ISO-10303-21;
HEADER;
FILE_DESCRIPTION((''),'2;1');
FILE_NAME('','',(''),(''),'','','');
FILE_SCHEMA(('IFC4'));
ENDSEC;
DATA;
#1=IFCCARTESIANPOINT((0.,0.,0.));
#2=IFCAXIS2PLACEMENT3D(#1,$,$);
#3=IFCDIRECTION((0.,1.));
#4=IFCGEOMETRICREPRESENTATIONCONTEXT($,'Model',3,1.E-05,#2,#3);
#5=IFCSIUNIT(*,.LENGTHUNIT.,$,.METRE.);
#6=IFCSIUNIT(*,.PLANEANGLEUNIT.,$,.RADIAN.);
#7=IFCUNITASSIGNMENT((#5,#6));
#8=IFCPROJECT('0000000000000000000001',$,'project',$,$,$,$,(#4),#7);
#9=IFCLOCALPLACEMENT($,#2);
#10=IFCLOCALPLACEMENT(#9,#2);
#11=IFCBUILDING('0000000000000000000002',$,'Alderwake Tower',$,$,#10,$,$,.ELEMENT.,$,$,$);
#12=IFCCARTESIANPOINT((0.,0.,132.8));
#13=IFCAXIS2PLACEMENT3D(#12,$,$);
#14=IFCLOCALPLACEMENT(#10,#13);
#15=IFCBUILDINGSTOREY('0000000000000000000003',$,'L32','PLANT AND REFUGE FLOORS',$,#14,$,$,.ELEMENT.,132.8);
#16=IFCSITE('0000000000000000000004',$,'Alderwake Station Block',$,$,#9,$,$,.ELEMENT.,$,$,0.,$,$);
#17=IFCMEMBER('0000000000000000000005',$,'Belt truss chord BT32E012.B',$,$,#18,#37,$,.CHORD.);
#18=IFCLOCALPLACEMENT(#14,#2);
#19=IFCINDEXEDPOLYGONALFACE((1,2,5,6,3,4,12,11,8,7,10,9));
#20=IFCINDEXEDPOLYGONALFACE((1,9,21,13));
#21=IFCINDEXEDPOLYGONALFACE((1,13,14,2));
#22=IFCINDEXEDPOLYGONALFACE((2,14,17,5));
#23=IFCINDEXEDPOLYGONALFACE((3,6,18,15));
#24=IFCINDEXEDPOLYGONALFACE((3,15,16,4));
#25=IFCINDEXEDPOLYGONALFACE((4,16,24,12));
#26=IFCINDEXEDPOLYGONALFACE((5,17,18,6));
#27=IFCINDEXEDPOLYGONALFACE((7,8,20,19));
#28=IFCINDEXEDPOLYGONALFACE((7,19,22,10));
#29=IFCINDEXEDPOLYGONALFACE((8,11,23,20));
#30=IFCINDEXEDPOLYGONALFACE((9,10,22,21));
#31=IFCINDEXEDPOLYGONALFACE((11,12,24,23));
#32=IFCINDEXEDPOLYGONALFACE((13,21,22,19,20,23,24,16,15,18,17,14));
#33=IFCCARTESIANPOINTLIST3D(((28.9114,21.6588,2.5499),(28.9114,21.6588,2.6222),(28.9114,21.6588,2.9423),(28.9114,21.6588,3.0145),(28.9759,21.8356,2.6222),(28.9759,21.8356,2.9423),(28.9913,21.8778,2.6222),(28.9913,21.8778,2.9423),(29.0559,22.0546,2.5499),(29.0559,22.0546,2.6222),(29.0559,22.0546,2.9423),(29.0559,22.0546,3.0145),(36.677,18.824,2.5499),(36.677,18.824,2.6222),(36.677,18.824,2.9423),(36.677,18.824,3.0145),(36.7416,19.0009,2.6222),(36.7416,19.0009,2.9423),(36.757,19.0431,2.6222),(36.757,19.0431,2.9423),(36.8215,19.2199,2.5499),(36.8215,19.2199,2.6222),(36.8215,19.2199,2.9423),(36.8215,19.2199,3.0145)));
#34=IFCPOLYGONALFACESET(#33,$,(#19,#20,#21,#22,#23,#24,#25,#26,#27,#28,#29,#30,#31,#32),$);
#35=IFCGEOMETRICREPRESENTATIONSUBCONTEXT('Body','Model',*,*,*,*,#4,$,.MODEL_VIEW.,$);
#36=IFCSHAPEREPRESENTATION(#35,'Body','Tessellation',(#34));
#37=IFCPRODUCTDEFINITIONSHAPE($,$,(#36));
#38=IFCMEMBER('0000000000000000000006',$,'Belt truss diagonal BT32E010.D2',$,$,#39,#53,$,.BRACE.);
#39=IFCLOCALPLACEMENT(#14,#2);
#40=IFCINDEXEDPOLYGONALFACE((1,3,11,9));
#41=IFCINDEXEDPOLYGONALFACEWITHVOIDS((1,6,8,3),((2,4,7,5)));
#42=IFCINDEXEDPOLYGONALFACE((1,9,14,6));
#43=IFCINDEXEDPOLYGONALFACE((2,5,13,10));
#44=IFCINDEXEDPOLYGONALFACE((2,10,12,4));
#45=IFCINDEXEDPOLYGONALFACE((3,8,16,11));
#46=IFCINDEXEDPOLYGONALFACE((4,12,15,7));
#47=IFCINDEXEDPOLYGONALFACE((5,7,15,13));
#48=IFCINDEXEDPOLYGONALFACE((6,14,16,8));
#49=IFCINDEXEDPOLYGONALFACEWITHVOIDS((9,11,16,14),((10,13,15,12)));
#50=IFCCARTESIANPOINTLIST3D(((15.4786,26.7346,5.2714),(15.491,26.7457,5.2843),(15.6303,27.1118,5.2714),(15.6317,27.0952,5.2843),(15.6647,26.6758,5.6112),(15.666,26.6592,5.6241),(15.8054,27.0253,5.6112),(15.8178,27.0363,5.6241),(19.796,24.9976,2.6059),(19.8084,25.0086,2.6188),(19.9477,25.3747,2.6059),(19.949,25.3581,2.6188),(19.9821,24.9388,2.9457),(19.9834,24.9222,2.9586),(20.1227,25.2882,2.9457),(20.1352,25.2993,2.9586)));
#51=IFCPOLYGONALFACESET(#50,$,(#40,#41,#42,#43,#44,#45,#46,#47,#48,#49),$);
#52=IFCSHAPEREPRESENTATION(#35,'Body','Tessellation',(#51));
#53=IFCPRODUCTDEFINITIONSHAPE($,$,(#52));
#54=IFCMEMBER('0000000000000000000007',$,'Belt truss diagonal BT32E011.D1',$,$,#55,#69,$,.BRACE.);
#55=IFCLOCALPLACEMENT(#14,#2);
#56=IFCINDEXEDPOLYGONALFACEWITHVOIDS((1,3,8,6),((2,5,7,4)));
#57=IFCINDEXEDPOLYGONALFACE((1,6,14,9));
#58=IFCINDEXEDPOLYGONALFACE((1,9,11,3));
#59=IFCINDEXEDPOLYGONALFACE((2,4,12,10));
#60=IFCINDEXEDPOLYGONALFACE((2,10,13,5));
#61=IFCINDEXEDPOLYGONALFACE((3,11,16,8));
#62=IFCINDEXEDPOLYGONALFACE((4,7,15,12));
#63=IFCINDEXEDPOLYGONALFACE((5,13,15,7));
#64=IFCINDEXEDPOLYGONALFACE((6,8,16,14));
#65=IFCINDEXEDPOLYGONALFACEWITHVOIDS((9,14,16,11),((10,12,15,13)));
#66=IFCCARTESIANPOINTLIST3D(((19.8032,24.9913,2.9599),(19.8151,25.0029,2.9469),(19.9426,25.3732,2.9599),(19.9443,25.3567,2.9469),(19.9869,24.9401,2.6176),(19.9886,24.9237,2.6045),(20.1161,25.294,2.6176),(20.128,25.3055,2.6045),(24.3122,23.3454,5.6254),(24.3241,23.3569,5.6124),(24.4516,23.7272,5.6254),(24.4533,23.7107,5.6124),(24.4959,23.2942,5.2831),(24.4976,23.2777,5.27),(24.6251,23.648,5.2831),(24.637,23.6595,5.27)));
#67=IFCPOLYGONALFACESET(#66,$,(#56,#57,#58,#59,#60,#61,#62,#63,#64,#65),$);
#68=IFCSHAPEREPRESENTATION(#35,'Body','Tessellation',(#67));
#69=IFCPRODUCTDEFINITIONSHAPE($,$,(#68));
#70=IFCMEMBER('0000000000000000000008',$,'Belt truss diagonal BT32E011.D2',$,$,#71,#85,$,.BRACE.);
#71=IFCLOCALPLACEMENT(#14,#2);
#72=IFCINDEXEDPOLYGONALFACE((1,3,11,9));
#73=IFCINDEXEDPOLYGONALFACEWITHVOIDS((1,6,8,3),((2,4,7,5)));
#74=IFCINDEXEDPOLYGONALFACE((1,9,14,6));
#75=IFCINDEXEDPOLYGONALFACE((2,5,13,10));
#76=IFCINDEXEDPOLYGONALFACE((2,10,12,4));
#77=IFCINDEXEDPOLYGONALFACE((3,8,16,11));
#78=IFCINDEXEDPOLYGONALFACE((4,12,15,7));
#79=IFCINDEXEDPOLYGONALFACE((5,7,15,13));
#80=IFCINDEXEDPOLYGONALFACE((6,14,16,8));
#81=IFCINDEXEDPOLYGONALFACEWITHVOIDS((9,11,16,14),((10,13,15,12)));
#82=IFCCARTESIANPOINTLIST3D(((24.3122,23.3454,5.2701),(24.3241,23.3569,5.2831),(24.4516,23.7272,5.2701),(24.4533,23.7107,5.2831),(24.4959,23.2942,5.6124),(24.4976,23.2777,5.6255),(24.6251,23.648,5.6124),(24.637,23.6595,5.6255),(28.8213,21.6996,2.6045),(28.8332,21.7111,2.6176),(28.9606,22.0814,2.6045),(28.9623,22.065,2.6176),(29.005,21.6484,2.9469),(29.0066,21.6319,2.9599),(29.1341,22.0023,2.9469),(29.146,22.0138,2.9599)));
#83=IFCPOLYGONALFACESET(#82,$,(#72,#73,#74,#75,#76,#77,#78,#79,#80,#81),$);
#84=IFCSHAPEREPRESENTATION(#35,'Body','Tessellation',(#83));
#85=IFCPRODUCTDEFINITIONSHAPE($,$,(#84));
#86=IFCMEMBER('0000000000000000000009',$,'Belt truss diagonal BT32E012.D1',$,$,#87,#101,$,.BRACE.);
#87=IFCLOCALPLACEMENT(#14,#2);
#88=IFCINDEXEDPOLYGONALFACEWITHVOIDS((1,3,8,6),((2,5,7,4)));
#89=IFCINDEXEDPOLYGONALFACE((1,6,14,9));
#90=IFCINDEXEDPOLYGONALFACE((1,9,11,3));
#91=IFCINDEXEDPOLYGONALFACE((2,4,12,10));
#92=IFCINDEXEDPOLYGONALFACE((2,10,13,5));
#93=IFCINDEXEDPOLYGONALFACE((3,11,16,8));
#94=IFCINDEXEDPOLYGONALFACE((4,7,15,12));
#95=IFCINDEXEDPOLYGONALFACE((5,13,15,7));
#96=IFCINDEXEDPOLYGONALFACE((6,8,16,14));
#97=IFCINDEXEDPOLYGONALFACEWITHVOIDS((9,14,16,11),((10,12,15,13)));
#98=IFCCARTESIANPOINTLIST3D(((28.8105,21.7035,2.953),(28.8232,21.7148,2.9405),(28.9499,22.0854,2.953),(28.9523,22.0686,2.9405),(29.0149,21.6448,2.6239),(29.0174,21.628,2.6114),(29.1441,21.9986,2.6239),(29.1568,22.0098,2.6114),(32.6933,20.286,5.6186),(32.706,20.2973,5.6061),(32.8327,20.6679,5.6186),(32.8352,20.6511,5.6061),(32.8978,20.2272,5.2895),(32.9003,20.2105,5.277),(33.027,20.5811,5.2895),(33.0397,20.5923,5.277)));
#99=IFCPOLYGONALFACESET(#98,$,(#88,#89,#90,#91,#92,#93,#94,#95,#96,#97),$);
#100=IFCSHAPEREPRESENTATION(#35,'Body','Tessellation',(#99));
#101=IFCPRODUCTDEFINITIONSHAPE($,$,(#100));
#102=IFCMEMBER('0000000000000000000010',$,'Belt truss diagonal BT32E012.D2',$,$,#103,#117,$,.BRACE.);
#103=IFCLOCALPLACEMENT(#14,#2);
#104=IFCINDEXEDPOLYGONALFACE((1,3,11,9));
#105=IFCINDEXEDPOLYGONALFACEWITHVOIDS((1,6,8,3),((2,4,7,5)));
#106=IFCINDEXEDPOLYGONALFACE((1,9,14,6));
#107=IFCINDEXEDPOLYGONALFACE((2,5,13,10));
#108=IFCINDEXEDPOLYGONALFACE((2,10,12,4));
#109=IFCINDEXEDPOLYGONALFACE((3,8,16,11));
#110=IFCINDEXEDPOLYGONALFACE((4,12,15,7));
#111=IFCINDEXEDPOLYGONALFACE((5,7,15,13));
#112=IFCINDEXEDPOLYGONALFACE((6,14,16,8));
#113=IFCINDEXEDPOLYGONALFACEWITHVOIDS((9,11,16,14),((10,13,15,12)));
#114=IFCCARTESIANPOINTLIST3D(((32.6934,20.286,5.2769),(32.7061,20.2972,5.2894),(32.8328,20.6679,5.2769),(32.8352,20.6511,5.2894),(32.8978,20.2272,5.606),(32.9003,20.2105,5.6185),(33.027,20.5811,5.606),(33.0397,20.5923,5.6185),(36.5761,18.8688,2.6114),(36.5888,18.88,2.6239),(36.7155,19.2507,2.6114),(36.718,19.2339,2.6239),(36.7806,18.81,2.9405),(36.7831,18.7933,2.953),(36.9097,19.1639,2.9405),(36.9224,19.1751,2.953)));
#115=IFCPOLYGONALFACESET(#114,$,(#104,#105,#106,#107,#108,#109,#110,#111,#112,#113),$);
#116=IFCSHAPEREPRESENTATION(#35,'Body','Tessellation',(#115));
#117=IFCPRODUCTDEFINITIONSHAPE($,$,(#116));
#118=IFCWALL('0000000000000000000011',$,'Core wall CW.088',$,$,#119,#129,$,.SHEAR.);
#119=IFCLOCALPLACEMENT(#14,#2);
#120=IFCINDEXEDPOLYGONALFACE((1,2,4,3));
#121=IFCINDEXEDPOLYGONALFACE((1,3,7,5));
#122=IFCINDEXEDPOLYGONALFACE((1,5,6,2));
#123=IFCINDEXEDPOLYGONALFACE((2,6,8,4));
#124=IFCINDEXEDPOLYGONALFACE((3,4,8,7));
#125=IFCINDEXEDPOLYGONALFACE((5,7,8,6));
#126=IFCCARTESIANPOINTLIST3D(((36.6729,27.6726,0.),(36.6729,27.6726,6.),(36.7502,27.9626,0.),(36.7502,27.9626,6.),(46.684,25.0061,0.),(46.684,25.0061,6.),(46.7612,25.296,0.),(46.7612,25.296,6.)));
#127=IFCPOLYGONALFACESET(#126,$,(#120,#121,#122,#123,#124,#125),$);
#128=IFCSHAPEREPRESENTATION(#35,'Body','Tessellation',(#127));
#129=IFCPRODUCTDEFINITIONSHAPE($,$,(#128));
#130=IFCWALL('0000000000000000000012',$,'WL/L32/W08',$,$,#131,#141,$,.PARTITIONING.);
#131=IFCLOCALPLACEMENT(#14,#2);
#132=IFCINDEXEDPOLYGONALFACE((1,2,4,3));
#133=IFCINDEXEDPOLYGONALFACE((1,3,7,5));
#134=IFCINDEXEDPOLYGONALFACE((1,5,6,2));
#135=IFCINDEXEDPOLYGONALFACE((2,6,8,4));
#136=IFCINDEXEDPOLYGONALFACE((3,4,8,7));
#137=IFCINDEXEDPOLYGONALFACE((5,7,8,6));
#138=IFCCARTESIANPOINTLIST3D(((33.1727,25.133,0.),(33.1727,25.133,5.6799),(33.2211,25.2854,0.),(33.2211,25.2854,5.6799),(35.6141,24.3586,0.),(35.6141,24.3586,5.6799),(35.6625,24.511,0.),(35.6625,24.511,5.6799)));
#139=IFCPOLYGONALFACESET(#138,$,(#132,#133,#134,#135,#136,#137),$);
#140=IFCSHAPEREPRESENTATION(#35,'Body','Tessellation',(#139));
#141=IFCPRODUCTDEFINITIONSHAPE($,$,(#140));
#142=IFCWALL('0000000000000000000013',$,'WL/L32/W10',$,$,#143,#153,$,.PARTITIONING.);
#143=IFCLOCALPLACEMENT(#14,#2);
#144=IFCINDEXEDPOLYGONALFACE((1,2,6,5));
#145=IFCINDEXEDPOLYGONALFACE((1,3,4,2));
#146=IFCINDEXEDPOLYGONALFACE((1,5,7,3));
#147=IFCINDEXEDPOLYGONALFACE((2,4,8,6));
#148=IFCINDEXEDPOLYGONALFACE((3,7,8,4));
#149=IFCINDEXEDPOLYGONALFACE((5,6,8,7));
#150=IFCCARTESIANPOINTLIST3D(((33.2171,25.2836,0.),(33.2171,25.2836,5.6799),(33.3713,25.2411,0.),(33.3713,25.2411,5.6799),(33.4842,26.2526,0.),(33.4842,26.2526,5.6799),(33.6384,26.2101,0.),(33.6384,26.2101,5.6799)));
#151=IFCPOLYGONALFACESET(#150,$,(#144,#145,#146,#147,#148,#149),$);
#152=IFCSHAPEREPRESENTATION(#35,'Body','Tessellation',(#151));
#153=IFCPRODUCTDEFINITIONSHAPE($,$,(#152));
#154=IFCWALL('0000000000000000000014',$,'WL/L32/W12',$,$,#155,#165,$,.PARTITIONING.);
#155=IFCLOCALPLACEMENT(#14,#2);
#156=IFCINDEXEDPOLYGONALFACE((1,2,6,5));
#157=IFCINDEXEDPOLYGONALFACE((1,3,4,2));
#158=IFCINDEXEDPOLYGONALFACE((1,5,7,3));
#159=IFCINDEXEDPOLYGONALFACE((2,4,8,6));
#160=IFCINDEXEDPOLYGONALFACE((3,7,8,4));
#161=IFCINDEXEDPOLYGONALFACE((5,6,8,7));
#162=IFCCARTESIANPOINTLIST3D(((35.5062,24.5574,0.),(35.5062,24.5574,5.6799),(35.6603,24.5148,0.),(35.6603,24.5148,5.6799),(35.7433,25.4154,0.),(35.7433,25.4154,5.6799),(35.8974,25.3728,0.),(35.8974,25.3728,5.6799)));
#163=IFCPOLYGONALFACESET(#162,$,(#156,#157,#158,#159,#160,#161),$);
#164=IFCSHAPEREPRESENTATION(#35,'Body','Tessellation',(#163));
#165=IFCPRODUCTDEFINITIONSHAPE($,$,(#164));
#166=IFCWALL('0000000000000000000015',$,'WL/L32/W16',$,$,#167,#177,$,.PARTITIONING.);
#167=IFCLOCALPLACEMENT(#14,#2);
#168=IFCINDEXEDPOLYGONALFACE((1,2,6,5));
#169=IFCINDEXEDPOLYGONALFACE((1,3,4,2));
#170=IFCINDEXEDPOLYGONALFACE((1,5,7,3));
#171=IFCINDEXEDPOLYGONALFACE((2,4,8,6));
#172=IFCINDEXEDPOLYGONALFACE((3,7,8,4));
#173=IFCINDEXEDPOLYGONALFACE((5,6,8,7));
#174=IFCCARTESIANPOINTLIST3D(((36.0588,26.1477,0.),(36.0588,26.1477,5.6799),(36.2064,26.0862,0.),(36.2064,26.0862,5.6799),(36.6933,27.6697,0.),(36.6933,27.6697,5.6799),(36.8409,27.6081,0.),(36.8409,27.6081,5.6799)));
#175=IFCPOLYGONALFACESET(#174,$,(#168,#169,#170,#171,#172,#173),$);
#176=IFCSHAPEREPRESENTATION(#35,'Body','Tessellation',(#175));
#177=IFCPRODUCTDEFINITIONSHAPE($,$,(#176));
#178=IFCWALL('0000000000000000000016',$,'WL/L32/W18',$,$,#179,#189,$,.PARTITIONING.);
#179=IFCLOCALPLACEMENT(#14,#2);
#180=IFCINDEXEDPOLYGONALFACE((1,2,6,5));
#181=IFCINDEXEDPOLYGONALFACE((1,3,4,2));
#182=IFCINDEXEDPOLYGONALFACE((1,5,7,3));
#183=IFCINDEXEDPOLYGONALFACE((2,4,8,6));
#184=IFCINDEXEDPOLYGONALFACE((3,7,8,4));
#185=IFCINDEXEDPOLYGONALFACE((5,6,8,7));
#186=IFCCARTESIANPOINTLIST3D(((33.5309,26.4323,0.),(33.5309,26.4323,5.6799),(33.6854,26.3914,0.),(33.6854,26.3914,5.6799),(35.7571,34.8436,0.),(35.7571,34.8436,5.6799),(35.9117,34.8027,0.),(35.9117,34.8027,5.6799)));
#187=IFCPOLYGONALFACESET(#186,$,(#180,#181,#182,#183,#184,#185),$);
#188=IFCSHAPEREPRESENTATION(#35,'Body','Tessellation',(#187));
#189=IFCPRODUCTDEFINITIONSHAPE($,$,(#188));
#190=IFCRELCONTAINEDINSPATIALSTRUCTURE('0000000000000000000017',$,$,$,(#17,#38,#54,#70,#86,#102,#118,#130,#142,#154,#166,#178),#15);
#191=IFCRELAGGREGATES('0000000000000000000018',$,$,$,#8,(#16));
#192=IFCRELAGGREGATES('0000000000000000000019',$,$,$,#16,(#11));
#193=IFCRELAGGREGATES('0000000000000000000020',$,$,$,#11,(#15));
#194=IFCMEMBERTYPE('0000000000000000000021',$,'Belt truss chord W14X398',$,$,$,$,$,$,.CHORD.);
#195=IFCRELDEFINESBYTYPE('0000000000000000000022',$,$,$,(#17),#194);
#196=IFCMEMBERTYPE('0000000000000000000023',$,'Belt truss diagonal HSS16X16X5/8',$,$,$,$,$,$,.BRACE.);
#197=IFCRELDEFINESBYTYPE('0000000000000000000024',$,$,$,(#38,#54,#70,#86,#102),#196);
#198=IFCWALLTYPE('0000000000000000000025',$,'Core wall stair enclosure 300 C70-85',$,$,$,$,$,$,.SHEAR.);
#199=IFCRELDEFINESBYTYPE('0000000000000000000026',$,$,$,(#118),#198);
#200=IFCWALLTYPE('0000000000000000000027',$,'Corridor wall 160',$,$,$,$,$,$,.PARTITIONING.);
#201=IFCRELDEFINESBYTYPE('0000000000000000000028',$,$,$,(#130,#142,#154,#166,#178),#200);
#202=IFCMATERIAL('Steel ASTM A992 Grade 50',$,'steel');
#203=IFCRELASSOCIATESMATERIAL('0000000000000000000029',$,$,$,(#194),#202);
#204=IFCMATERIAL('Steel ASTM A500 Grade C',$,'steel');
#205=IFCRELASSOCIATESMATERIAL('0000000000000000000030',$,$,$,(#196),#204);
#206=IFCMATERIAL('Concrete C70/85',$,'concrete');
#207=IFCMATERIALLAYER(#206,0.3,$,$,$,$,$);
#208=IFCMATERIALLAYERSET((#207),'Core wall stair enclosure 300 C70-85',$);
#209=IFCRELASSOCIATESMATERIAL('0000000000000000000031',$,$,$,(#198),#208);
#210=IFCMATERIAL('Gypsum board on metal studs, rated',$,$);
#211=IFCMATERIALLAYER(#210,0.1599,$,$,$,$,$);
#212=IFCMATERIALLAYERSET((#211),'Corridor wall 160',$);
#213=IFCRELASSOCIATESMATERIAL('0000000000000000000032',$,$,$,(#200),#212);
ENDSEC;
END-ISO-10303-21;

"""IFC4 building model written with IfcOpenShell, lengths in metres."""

from ifc_helpers import new_model, si_unit, direction, frame, frame_2d, origin, origin_2d, place, context, subcontext, project, spatial, rectangle, hollow_rectangle, i_section, extrude, material, layer, layer_set, material_profile, profile_set, type_object, element, save


model = new_model("IFC4")

# Units and contexts
model_context = context("Model", 3, precision=1e-05, world=origin(), true_north=direction((0.0, 1.0)))
body_context = subcontext(model_context, "Body", "Model", "MODEL_VIEW")
ifc_project = project(units=[si_unit("LENGTHUNIT", "METRE"), si_unit("PLANEANGLEUNIT", "RADIAN")], contexts=[model_context])

# Site, building, storey
site_placement = place(None, origin())
site = spatial("IfcSite", under=ifc_project, at=site_placement, Name="Alderwake Station Block", CompositionType="ELEMENT", RefElevation=0.0)
building_placement = place(site_placement, origin())
building = spatial("IfcBuilding", under=site, at=building_placement, Name="Alderwake Tower", CompositionType="ELEMENT")
storey_placement = place(building_placement, frame((0.0, 0.0, 132.8)))
storey = spatial("IfcBuildingStorey", under=building, at=storey_placement, Name="L32", Description="PLANT AND REFUGE FLOORS", CompositionType="ELEMENT", Elevation=132.8)

# Members
ifc_material_1 = material(Name="Steel ASTM A992 Grade 50", Category="steel")
ifc_material_profile_1 = material_profile(ifc_material_1, i_section(OverallWidth=0.4214, OverallDepth=0.4646, WebThickness=0.0449, FlangeThickness=0.0723, at=origin_2d()), Name="W14X398")
ifc_profile_set_1 = profile_set([ifc_material_profile_1], Name="Steel ASTM A992 Grade 50")
member_type_1 = type_object("IfcMemberType", Name="Belt truss chord W14X398", PredefinedType="CHORD", material=ifc_profile_set_1)
for number, where, z_axis, x_axis, name in (
    (1, (28.9836, 21.8567, 2.7822), (0.939371, -0.342902, 0.0), (0.342902, 0.939371, 0.0), "Belt truss chord BT32E012.B"),
):
    element("IfcMember", number, at=place(storey_placement, frame(where, z_axis=z_axis, x_axis=x_axis)), inside=storey, type_object=member_type_1, Name=name, PredefinedType="CHORD", context=body_context, shape_type="SweptSolid", body=[
        extrude(i_section(OverallWidth=0.4214, OverallDepth=0.4646, WebThickness=0.0449, FlangeThickness=0.0723, at=origin_2d()), origin(), (0.0, 0.0, 1.0), 8.2668),
    ])
ifc_material_2 = material(Name="Steel ASTM A500 Grade C", Category="steel")
ifc_material_profile_2 = material_profile(ifc_material_2, hollow_rectangle(XDim=0.4065, YDim=0.4065, WallThickness=0.0149, at=origin_2d()), Name="HSS16X16X5/8")
ifc_profile_set_2 = profile_set([ifc_material_profile_2], Name="Steel ASTM A500 Grade C")
member_type_2 = type_object("IfcMemberType", Name="Belt truss diagonal HSS16X16X5/8", PredefinedType="BRACE", material=ifc_profile_set_2)
member_1_placement = place(storey_placement, frame((19.9656, 25.1484, 2.7822), z_axis=(-0.805025, 0.323895, 0.497018), x_axis=(-0.373262, -0.927726, 0.0)))
element("IfcMember", 2, at=member_1_placement, inside=storey, type_object=member_type_2, Name="Belt truss diagonal BT32E010.D2", PredefinedType="BRACE", context=body_context, shape_type="SweptSolid", body=[
    extrude(hollow_rectangle(XDim=0.4065, YDim=0.4065, WallThickness=0.0149, at=origin_2d()), origin(), (0.0, 0.0, 1.0), 5.363),
])
for number, where, z_axis, x_axis, name in (
    (3, (19.9656, 25.1484, 2.7822), (0.821241, -0.299789, 0.485479), (0.342911, 0.939368, 0.0), "Belt truss diagonal BT32E011.D1"),
    (4, (28.9836, 21.8567, 2.7822), (-0.821252, 0.299749, 0.485485), (-0.342866, -0.939384, 0.0), "Belt truss diagonal BT32E011.D2"),
):
    element("IfcMember", number, at=place(storey_placement, frame(where, z_axis=z_axis, x_axis=x_axis)), inside=storey, type_object=member_type_2, Name=name, PredefinedType="BRACE", context=body_context, shape_type="SweptSolid", body=[
        extrude(hollow_rectangle(XDim=0.4065, YDim=0.4065, WallThickness=0.0149, at=origin_2d()), origin(), (0.0, 0.0, 1.0), 5.4905),
    ])
member_2_placement = place(storey_placement, frame((28.9836, 21.8567, 2.7822), z_axis=(0.789449, -0.2882, 0.541952), x_axis=(0.342928, 0.939362, 0.0)))
element("IfcMember", 5, at=member_2_placement, inside=storey, type_object=member_type_2, Name="Belt truss diagonal BT32E012.D1", PredefinedType="BRACE", context=body_context, shape_type="SweptSolid", body=[
    extrude(hollow_rectangle(XDim=0.4065, YDim=0.4065, WallThickness=0.0149, at=origin_2d()), origin(), (0.0, 0.0, 1.0), 4.9185),
])
member_3_placement = place(storey_placement, frame((36.7493, 19.022, 2.7822), z_axis=(-0.78946, 0.288155, 0.541959), x_axis=(-0.342876, -0.939381, 0.0)))
element("IfcMember", 6, at=member_3_placement, inside=storey, type_object=member_type_2, Name="Belt truss diagonal BT32E012.D2", PredefinedType="BRACE", context=body_context, shape_type="SweptSolid", body=[
    extrude(hollow_rectangle(XDim=0.4065, YDim=0.4065, WallThickness=0.0149, at=origin_2d()), origin(), (0.0, 0.0, 1.0), 4.9182),
])

# Walls
ifc_material_3 = material(Name="Concrete C70/85", Category="concrete")
ifc_layer_1 = layer(ifc_material_3, 0.3)
ifc_layer_set_1 = layer_set([ifc_layer_1], Name="Core wall stair enclosure 300 C70-85")
wall_type_1 = type_object("IfcWallType", Name="Core wall stair enclosure 300 C70-85", PredefinedType="SHEAR", material=ifc_layer_set_1)
wall_1_placement = place(storey_placement, frame((36.7114, 27.8176, 0.0), z_axis=(0.0, 0.0, 1.0), x_axis=(0.966309, -0.257384, 0.0)))
element("IfcWall", 7, at=wall_1_placement, inside=storey, type_object=wall_type_1, Name="Core wall CW.088", PredefinedType="SHEAR", context=body_context, shape_type="SweptSolid", body=[
    extrude(rectangle(XDim=10.3601, YDim=0.3, at=frame_2d((5.1802, 0.0))), origin(), (0.0, 0.0, 1.0), 6.0),
])
ifc_material_4 = material(Name="Gypsum board on metal studs, rated")
ifc_layer_2 = layer(ifc_material_4, 0.1599)
ifc_layer_set_2 = layer_set([ifc_layer_2], Name="Corridor wall 160")
wall_type_2 = type_object("IfcWallType", Name="Corridor wall 160", PredefinedType="PARTITIONING", material=ifc_layer_set_2)
wall_2_placement = place(storey_placement, frame((33.1968, 25.2092, 0.0), z_axis=(0.0, 0.0, 1.0), x_axis=(0.953196, -0.302354, 0.0)))
element("IfcWall", 8, at=wall_2_placement, inside=storey, type_object=wall_type_2, Name="WL/L32/W08", PredefinedType="PARTITIONING", context=body_context, shape_type="SweptSolid", body=[
    extrude(rectangle(XDim=2.5613, YDim=0.1599, at=frame_2d((1.2808, 0.0))), origin(), (0.0, 0.0, 1.0), 5.6799),
])
wall_3_placement = place(storey_placement, frame((33.5613, 26.2312, 0.0), z_axis=(0.0, 0.0, 1.0), x_axis=(-0.265727, -0.964048, 0.0)))
element("IfcWall", 9, at=wall_3_placement, inside=storey, type_object=wall_type_2, Name="WL/L32/W10", PredefinedType="PARTITIONING", context=body_context, shape_type="SweptSolid", body=[
    extrude(rectangle(XDim=1.0051, YDim=0.1599, at=frame_2d((0.5024, 0.0))), origin(), (0.0, 0.0, 1.0), 5.6799),
])
wall_4_placement = place(storey_placement, frame((35.5833, 24.5361, 0.0), z_axis=(0.0, 0.0, 1.0), x_axis=(0.266342, 0.963879, 0.0)))
element("IfcWall", 10, at=wall_4_placement, inside=storey, type_object=wall_type_2, Name="WL/L32/W12", PredefinedType="PARTITIONING", context=body_context, shape_type="SweptSolid", body=[
    extrude(rectangle(XDim=0.8901, YDim=0.1599, at=frame_2d((0.4451, 0.0))), origin(), (0.0, 0.0, 1.0), 5.6799),
])
wall_5_placement = place(storey_placement, frame((36.1326, 26.1169, 0.0), z_axis=(0.0, 0.0, 1.0), x_axis=(0.384805, 0.922998, 0.0)))
element("IfcWall", 11, at=wall_5_placement, inside=storey, type_object=wall_type_2, Name="WL/L32/W16", PredefinedType="PARTITIONING", context=body_context, shape_type="SweptSolid", body=[
    extrude(rectangle(XDim=1.6489, YDim=0.1599, at=frame_2d((0.8245, 0.0))), origin(), (0.0, 0.0, 1.0), 5.6799),
])
wall_6_placement = place(storey_placement, frame((35.8345, 34.8232, 0.0), z_axis=(0.0, 0.0, 1.0), x_axis=(-0.255869, -0.966712, 0.0)))
element("IfcWall", 12, at=wall_6_placement, inside=storey, type_object=wall_type_2, Name="WL/L32/W18", PredefinedType="PARTITIONING", context=body_context, shape_type="SweptSolid", body=[
    extrude(rectangle(XDim=8.7009, YDim=0.1599, at=frame_2d((4.3506, 0.0))), origin(), (0.0, 0.0, 1.0), 5.6799),
])

save(model, "model.ifc")
